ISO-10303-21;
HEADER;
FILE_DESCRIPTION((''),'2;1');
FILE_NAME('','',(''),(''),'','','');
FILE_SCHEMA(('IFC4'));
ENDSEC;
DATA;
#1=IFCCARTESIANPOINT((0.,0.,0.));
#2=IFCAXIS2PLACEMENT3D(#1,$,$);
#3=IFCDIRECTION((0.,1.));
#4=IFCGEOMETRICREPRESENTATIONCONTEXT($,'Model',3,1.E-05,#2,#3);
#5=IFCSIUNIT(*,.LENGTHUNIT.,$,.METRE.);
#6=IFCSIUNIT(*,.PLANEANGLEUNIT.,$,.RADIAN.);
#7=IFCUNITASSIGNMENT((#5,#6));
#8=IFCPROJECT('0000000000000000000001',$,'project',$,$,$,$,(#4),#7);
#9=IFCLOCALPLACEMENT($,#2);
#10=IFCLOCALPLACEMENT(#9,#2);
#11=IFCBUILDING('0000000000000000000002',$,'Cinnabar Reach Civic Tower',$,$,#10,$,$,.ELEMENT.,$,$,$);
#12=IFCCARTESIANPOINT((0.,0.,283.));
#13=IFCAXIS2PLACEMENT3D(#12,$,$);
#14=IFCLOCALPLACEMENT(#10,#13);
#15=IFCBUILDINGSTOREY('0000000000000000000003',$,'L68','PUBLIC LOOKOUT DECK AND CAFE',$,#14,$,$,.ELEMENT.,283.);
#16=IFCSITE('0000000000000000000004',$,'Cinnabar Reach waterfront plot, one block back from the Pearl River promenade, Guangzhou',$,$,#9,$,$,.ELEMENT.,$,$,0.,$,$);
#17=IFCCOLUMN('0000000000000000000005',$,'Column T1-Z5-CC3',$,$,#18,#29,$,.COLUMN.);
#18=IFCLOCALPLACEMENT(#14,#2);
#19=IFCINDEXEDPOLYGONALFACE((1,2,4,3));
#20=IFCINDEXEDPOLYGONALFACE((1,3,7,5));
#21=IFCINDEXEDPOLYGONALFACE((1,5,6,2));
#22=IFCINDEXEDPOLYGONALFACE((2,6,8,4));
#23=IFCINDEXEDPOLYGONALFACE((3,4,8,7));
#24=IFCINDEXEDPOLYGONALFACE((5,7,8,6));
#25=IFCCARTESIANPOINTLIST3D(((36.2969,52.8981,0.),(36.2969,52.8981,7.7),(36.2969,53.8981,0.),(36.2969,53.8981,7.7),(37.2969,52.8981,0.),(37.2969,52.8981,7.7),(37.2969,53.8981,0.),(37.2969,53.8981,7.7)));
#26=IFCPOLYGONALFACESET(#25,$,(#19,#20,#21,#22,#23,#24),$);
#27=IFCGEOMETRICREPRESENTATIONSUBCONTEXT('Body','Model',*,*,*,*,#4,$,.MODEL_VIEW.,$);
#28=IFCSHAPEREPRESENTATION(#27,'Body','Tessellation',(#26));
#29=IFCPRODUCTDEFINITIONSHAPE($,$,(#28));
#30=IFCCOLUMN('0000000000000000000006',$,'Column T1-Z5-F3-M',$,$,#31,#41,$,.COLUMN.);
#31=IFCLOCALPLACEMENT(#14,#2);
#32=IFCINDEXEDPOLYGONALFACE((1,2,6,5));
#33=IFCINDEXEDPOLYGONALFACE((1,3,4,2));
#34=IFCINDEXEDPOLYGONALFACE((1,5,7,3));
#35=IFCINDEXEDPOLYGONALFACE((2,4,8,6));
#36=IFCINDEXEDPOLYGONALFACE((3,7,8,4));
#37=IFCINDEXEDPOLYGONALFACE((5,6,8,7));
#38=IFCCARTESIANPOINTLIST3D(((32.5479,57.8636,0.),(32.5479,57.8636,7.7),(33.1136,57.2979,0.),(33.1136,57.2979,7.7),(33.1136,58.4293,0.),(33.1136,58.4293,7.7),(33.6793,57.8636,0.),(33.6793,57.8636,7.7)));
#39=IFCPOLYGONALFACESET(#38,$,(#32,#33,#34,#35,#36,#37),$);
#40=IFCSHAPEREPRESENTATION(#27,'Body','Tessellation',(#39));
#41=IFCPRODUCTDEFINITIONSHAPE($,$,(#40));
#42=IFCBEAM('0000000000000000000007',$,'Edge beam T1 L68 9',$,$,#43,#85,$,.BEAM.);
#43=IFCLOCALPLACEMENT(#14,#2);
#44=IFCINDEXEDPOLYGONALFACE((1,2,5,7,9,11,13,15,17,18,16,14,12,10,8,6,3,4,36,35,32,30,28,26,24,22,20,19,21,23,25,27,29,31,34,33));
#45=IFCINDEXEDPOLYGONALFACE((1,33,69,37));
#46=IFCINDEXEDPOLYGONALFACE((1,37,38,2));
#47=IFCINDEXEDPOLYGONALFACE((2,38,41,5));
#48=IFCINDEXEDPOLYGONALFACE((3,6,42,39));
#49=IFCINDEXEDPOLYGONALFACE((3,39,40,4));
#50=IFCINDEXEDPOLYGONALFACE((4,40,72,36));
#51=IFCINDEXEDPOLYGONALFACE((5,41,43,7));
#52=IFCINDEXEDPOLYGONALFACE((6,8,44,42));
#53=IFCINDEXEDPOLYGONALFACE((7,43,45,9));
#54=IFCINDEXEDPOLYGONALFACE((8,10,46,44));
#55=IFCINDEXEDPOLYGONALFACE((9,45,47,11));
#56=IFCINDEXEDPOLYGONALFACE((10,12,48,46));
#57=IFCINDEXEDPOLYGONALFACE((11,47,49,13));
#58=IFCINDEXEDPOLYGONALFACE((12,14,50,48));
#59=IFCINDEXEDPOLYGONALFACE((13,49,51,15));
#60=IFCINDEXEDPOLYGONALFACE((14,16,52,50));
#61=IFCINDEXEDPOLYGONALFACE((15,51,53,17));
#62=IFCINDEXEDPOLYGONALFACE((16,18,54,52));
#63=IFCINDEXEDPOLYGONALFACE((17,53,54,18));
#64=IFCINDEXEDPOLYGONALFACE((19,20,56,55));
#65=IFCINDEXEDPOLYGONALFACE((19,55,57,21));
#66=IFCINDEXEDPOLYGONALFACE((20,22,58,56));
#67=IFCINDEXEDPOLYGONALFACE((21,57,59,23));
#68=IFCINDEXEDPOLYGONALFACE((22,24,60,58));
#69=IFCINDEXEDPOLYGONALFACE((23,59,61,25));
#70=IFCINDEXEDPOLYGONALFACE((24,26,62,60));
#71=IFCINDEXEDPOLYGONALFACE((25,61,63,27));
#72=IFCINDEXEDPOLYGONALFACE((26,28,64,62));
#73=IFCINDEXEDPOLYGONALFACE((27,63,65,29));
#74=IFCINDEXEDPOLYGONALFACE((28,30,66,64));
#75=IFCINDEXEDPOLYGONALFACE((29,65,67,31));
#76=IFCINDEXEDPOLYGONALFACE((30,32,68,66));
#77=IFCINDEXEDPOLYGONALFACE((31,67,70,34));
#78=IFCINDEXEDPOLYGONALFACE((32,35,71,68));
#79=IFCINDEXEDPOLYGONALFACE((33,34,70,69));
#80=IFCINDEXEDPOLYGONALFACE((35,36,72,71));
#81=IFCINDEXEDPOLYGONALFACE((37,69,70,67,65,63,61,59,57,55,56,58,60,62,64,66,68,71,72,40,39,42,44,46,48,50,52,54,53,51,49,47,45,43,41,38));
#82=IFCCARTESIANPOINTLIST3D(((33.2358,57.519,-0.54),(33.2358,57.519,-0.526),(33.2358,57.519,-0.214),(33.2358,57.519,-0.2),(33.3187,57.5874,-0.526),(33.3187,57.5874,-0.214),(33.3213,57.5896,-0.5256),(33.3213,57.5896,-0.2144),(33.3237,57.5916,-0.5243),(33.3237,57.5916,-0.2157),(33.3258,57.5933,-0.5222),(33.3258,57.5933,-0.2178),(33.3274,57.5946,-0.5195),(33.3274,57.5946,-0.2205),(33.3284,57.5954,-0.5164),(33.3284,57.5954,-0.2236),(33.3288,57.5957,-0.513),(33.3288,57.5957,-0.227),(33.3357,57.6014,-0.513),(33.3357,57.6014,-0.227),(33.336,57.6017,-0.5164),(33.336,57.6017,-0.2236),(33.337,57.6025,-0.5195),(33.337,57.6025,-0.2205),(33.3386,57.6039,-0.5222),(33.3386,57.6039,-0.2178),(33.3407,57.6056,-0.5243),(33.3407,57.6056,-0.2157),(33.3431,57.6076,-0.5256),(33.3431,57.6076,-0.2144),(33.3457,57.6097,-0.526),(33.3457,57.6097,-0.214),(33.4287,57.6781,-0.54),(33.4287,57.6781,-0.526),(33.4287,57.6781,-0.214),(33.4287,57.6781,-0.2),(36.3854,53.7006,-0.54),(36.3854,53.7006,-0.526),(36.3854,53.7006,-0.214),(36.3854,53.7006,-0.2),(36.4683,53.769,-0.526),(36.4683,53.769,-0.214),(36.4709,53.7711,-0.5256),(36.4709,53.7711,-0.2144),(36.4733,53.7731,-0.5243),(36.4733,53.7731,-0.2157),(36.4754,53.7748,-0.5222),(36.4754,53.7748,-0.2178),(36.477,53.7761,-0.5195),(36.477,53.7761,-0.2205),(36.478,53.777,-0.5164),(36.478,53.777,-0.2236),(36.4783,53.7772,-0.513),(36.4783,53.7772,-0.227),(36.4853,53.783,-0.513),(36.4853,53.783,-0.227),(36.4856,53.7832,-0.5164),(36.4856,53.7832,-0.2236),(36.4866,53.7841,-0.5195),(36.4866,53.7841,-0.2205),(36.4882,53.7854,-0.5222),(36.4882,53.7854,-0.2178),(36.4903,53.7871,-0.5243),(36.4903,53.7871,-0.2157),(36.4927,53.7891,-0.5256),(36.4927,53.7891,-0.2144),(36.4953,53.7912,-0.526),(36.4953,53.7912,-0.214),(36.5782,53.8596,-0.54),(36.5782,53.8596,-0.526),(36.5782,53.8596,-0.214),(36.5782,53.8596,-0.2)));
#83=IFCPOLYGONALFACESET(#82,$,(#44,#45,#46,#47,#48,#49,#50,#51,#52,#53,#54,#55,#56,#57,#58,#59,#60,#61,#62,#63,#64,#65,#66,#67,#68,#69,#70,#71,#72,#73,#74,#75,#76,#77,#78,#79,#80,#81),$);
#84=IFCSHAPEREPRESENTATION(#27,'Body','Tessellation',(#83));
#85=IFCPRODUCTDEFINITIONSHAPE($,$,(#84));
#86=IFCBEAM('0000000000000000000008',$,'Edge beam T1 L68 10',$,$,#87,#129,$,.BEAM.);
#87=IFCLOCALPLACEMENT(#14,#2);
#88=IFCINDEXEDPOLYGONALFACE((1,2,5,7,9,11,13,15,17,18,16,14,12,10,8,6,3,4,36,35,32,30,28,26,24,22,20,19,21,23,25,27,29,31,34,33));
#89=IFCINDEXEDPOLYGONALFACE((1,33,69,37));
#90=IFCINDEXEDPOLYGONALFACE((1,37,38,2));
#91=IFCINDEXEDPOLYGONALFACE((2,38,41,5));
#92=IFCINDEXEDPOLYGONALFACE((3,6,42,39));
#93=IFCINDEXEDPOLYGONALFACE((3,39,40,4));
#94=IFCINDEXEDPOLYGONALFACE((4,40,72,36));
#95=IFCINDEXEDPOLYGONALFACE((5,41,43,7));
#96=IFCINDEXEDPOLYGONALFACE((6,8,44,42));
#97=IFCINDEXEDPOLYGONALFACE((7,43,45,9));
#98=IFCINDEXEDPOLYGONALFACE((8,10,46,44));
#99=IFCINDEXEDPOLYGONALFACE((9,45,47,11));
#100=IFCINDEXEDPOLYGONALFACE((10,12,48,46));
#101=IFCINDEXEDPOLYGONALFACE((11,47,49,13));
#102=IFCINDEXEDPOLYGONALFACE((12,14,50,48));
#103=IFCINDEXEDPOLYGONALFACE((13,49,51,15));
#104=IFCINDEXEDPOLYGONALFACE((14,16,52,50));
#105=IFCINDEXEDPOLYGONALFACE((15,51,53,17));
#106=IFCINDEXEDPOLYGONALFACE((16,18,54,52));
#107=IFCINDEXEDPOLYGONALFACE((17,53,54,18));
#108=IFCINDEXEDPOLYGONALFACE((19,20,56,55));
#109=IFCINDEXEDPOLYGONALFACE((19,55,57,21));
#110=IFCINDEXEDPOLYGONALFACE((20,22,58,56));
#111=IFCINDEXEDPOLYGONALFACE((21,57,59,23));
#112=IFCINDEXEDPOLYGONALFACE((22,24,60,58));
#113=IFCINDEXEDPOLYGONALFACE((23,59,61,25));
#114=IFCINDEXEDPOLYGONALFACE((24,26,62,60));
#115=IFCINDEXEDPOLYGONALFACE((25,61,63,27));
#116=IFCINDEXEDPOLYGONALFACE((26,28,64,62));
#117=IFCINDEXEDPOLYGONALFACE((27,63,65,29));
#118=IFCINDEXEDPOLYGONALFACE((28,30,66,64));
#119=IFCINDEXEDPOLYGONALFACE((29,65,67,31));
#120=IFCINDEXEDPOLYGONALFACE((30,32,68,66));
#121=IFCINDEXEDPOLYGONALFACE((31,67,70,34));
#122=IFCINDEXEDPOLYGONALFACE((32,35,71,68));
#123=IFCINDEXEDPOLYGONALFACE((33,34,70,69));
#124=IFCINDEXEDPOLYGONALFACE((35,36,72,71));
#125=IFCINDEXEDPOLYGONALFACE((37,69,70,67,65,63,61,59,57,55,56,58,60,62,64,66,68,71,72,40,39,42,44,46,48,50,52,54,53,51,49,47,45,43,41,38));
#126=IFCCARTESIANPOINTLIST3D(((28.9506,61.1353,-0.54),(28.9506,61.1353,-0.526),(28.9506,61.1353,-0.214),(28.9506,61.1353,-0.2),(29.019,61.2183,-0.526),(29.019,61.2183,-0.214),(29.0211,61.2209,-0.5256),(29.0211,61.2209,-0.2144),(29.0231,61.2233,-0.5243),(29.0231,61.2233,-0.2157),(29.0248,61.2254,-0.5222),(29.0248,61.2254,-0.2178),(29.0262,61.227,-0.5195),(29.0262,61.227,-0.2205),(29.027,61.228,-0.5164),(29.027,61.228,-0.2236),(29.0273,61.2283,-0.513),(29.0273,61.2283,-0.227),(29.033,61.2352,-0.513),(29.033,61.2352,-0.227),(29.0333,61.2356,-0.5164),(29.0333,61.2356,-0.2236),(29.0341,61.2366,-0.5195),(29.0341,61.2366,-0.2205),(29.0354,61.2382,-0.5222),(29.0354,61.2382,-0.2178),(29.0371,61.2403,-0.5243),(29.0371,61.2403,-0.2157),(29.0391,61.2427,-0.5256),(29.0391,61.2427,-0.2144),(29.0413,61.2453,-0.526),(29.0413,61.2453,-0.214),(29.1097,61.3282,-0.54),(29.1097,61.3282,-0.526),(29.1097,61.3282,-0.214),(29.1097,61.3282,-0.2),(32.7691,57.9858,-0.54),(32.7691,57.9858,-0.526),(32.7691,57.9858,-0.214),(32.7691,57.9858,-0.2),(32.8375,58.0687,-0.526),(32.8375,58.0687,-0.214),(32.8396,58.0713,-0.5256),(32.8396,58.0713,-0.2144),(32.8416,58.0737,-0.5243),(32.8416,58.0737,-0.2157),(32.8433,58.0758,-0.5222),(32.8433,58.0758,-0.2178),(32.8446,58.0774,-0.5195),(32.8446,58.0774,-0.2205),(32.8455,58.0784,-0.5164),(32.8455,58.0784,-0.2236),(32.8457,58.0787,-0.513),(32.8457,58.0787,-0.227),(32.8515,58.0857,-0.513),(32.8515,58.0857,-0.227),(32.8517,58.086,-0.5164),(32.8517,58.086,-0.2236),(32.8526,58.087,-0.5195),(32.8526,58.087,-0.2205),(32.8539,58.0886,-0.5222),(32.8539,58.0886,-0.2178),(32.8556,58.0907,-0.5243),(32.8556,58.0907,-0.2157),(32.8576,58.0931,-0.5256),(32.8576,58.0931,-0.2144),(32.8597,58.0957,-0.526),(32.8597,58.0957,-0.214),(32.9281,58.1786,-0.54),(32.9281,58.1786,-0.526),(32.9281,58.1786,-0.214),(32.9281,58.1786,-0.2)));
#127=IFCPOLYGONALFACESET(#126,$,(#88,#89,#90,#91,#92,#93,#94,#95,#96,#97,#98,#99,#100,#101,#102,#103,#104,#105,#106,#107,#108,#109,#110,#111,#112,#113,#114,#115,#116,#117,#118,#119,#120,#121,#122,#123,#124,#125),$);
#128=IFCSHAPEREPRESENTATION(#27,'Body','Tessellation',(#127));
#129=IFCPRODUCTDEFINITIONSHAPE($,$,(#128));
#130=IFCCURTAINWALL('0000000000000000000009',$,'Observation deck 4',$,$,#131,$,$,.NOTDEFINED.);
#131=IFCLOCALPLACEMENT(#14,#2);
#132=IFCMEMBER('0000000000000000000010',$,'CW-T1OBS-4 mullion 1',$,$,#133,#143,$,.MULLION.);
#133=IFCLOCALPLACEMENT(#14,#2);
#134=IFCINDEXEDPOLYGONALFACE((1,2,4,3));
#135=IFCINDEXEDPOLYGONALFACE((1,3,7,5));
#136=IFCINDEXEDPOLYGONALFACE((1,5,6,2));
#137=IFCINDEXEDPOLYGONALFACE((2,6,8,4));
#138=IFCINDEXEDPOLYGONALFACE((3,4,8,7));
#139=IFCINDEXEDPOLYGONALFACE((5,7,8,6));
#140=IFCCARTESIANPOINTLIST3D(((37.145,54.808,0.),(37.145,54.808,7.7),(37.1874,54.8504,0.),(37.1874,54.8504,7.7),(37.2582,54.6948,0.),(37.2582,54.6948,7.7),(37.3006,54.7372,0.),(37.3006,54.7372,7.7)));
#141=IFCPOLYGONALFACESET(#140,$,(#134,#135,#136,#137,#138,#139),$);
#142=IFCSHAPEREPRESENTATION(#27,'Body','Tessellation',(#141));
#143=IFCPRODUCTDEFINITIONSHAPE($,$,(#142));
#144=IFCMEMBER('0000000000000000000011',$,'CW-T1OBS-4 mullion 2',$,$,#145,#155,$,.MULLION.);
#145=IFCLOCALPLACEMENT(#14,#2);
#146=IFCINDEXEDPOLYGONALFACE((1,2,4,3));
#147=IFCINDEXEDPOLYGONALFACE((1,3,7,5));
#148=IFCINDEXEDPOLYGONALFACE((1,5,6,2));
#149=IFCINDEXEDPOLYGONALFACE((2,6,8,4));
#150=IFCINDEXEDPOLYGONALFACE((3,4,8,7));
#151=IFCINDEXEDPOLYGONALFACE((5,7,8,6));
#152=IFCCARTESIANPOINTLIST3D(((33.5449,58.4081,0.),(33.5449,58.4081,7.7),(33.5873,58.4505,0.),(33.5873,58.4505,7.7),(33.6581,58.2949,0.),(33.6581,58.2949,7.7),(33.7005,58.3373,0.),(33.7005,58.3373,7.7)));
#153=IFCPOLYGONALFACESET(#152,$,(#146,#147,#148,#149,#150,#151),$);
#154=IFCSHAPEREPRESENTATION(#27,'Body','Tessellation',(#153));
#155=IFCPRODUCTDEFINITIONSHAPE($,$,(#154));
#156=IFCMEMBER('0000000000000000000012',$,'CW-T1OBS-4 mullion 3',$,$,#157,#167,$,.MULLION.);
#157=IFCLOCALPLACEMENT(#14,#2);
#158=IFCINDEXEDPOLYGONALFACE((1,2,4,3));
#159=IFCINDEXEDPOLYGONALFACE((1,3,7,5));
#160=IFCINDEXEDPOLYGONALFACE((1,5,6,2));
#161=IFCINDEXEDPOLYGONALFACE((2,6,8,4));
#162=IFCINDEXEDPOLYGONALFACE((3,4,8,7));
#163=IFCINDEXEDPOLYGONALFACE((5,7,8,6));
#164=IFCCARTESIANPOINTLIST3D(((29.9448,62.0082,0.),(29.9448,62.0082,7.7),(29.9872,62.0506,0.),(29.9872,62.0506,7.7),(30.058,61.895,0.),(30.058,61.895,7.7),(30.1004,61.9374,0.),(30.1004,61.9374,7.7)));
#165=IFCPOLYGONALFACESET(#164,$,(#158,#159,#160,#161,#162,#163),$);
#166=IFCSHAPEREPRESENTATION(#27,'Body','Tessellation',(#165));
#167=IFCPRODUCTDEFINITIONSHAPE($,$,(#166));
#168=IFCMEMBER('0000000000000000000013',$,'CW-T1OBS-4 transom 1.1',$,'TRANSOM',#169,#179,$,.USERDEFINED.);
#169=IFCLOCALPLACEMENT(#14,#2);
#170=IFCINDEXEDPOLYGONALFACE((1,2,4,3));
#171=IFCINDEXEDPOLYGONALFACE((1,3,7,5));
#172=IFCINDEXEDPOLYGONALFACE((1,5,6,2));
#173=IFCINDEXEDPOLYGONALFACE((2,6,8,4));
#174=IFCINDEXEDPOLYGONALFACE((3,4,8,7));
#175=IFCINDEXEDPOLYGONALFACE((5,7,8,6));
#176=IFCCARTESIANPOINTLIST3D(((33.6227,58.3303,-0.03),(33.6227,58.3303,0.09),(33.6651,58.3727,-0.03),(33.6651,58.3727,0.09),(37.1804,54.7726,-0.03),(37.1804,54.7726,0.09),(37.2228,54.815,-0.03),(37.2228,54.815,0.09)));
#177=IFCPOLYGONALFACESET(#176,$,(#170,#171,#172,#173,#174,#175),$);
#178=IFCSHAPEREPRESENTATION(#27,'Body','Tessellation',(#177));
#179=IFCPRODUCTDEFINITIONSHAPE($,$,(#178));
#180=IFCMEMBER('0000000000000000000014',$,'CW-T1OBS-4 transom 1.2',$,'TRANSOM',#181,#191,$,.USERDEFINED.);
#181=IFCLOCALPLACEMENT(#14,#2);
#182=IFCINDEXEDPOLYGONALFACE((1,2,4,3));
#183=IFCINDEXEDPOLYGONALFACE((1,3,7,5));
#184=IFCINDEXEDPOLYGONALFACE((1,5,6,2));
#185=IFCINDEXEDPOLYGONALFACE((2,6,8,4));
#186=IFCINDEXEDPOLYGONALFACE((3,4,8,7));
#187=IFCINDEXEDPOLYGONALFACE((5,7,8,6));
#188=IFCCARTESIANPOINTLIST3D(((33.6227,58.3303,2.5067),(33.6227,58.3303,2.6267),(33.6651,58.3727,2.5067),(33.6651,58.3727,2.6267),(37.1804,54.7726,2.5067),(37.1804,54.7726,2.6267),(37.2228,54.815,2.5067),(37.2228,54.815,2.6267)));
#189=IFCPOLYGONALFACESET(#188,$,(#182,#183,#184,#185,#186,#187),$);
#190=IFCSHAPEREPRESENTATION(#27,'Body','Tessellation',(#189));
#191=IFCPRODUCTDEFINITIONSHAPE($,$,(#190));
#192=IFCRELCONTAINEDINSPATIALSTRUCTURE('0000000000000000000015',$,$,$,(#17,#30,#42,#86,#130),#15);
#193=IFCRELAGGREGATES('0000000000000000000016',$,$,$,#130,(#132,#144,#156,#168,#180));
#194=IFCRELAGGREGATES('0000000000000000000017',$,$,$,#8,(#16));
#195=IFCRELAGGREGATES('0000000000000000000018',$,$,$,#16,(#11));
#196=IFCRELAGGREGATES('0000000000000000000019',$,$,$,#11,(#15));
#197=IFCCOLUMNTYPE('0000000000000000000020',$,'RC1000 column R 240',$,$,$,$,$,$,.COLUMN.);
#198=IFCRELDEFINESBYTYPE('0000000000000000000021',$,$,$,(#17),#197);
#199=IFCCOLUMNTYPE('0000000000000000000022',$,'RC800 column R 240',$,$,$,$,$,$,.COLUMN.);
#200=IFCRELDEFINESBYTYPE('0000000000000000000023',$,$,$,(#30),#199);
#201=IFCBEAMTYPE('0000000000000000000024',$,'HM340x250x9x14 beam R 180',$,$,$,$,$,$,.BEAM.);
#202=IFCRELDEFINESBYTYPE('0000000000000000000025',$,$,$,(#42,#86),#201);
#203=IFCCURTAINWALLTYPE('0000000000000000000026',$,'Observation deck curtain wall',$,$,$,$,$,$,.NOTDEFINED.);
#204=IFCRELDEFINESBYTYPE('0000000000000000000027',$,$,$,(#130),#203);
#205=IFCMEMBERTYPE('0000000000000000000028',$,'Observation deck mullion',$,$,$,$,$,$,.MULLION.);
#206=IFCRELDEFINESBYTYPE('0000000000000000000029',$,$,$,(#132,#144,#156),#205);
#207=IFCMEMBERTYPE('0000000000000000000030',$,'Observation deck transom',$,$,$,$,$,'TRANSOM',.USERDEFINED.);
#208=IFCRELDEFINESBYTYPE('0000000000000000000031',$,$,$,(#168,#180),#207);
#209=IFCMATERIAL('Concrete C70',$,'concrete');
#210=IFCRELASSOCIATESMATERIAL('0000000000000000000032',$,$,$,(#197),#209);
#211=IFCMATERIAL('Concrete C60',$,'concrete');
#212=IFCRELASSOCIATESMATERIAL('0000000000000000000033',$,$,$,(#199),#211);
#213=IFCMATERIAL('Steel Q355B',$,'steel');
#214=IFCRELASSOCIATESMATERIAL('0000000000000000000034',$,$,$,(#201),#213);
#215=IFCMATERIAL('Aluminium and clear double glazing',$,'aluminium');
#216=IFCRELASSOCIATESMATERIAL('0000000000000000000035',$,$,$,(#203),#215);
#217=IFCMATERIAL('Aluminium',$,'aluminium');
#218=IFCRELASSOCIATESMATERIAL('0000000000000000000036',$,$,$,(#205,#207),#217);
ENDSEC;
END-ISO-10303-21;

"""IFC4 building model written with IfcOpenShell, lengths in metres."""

from ifc_helpers import new_model, si_unit, direction, frame, origin, origin_2d, place, context, subcontext, project, spatial, rectangle, i_section, extrude, material, material_profile, profile_set, type_object, element, aggregate, save


model = new_model("IFC4")

# Units and contexts
model_context = context("Model", 3, precision=1e-05, world=origin(), true_north=direction((0.0, 1.0)))
body_context = subcontext(model_context, "Body", "Model", "MODEL_VIEW")
ifc_project = project(units=[si_unit("LENGTHUNIT", "METRE"), si_unit("PLANEANGLEUNIT", "RADIAN")], contexts=[model_context])

# Site, building, storey
site_placement = place(None, origin())
site = spatial("IfcSite", under=ifc_project, at=site_placement, Name="Cinnabar Reach waterfront plot, one block back from the Pearl River promenade, Guangzhou", CompositionType="ELEMENT", RefElevation=0.0)
building_placement = place(site_placement, origin())
building = spatial("IfcBuilding", under=site, at=building_placement, Name="Cinnabar Reach Civic Tower", CompositionType="ELEMENT")
storey_placement = place(building_placement, frame((0.0, 0.0, 283.0)))
storey = spatial("IfcBuildingStorey", under=building, at=storey_placement, Name="L68", Description="PUBLIC LOOKOUT DECK AND CAFE", CompositionType="ELEMENT", Elevation=283.0)

# Columns
ifc_material_1 = material(Name="Concrete C70", Category="concrete")
ifc_material_profile_1 = material_profile(ifc_material_1, rectangle(XDim=1.0, YDim=1.0, at=origin_2d()), Name="RC1000")
ifc_profile_set_1 = profile_set([ifc_material_profile_1], Name="Concrete C70")
column_type_1 = type_object("IfcColumnType", Name="RC1000 column R 240", PredefinedType="COLUMN", material=ifc_profile_set_1)
column_1_placement = place(storey_placement, frame((36.7969, 53.3981, 0.0), z_axis=(0.0, 0.0, 1.0), x_axis=(1.0, 0.0, 0.0)))
element("IfcColumn", 1, at=column_1_placement, inside=storey, type_object=column_type_1, Name="Column T1-Z5-CC3", PredefinedType="COLUMN", context=body_context, shape_type="SweptSolid", body=[
    extrude(rectangle(XDim=1.0, YDim=1.0, at=origin_2d()), origin(), (0.0, 0.0, 1.0), 7.7),
])
ifc_material_2 = material(Name="Concrete C60", Category="concrete")
ifc_material_profile_2 = material_profile(ifc_material_2, rectangle(XDim=0.8, YDim=0.8, at=origin_2d()), Name="RC800")
ifc_profile_set_2 = profile_set([ifc_material_profile_2], Name="Concrete C60")
column_type_2 = type_object("IfcColumnType", Name="RC800 column R 240", PredefinedType="COLUMN", material=ifc_profile_set_2)
column_2_placement = place(storey_placement, frame((33.1136, 57.8636, 0.0), z_axis=(0.0, 0.0, 1.0), x_axis=(0.707107, 0.707107, 0.0)))
element("IfcColumn", 2, at=column_2_placement, inside=storey, type_object=column_type_2, Name="Column T1-Z5-F3-M", PredefinedType="COLUMN", context=body_context, shape_type="SweptSolid", body=[
    extrude(rectangle(XDim=0.8, YDim=0.8, at=origin_2d()), origin(), (0.0, 0.0, 1.0), 7.7),
])

# Beams
ifc_material_3 = material(Name="Steel Q355B", Category="steel")
ifc_material_profile_3 = material_profile(ifc_material_3, i_section(OverallWidth=0.25, OverallDepth=0.34, WebThickness=0.009, FlangeThickness=0.014, FilletRadius=0.013, at=origin_2d()), Name="HM340x250x9x14")
ifc_profile_set_3 = profile_set([ifc_material_profile_3], Name="Steel Q355B")
beam_type = type_object("IfcBeamType", Name="HM340x250x9x14 beam R 180", PredefinedType="BEAM", material=ifc_profile_set_3)
for number, where, z_axis, x_axis, name in (
    (3, (36.4818, 53.7801, -0.37), (-0.636303, 0.771439, 0.0), (-0.771439, -0.636303, 0.0), "Edge beam T1 L68 9"),
    (4, (32.8486, 58.0822, -0.37), (-0.771439, 0.636303, 0.0), (-0.636303, -0.771439, 0.0), "Edge beam T1 L68 10"),
):
    element("IfcBeam", number, at=place(storey_placement, frame(where, z_axis=z_axis, x_axis=x_axis)), inside=storey, type_object=beam_type, Name=name, PredefinedType="BEAM", context=body_context, shape_type="SweptSolid", body=[
        extrude(i_section(OverallWidth=0.25, OverallDepth=0.34, WebThickness=0.009, FlangeThickness=0.014, FilletRadius=0.013, at=origin_2d()), origin(), (0.0, 0.0, 1.0), 4.9498),
    ])

# Curtain wall, members
ifc_material_4 = material(Name="Aluminium and clear double glazing", Category="aluminium")
curtain_wall_type = type_object("IfcCurtainWallType", Name="Observation deck curtain wall", PredefinedType="NOTDEFINED", material=ifc_material_4)
curtain_wall_placement = place(storey_placement, origin())
curtain_wall = element("IfcCurtainWall", 5, at=curtain_wall_placement, inside=storey, type_object=curtain_wall_type, Name="Observation deck 4", PredefinedType="NOTDEFINED")
ifc_material_5 = material(Name="Aluminium", Category="aluminium")
ifc_material_profile_4 = material_profile(ifc_material_5, rectangle(XDim=0.06, YDim=0.16, at=origin_2d()), Name="Observation deck mullion")
ifc_profile_set_4 = profile_set([ifc_material_profile_4], Name="Aluminium")
member_type_1 = type_object("IfcMemberType", Name="Observation deck mullion", PredefinedType="MULLION", material=ifc_profile_set_4)
member_1_placement = place(storey_placement, frame((37.2228, 54.7726, 0.0), z_axis=(0.0, 0.0, 1.0), x_axis=(-0.707107, -0.707107, 0.0)))
member_1 = element("IfcMember", 6, at=member_1_placement, type_object=member_type_1, Name="CW-T1OBS-4 mullion 1", PredefinedType="MULLION", context=body_context, shape_type="SweptSolid", body=[
    extrude(rectangle(XDim=0.06, YDim=0.16, at=origin_2d()), origin(), (0.0, 0.0, 1.0), 7.7),
])
member_2_placement = place(storey_placement, frame((33.6227, 58.3727, 0.0), z_axis=(0.0, 0.0, 1.0), x_axis=(-0.707107, -0.707107, 0.0)))
member_2 = element("IfcMember", 7, at=member_2_placement, type_object=member_type_1, Name="CW-T1OBS-4 mullion 2", PredefinedType="MULLION", context=body_context, shape_type="SweptSolid", body=[
    extrude(rectangle(XDim=0.06, YDim=0.16, at=origin_2d()), origin(), (0.0, 0.0, 1.0), 7.7),
])
member_3_placement = place(storey_placement, frame((30.0226, 61.9728, 0.0), z_axis=(0.0, 0.0, 1.0), x_axis=(-0.707107, -0.707107, 0.0)))
member_3 = element("IfcMember", 8, at=member_3_placement, type_object=member_type_1, Name="CW-T1OBS-4 mullion 3", PredefinedType="MULLION", context=body_context, shape_type="SweptSolid", body=[
    extrude(rectangle(XDim=0.06, YDim=0.16, at=origin_2d()), origin(), (0.0, 0.0, 1.0), 7.7),
])
ifc_material_profile_5 = material_profile(ifc_material_5, rectangle(XDim=0.06, YDim=0.12, at=origin_2d()), Name="Observation deck transom")
ifc_profile_set_5 = profile_set([ifc_material_profile_5], Name="Aluminium")
member_type_2 = type_object("IfcMemberType", Name="Observation deck transom", ElementType="TRANSOM", PredefinedType="USERDEFINED", material=ifc_profile_set_5)
member_4_placement = place(storey_placement, frame((37.2016, 54.7938, 0.03), z_axis=(-0.707107, 0.707107, 0.0), x_axis=(-0.707107, -0.707107, 0.0)))
member_4 = element("IfcMember", 9, at=member_4_placement, type_object=member_type_2, Name="CW-T1OBS-4 transom 1.1", ObjectType="TRANSOM", PredefinedType="USERDEFINED", context=body_context, shape_type="SweptSolid", body=[
    extrude(rectangle(XDim=0.06, YDim=0.12, at=origin_2d()), origin(), (0.0, 0.0, 1.0), 5.0313),
])
member_5_placement = place(storey_placement, frame((37.2016, 54.7938, 2.5667), z_axis=(-0.707107, 0.707107, 0.0), x_axis=(-0.707107, -0.707107, 0.0)))
member_5 = element("IfcMember", 10, at=member_5_placement, type_object=member_type_2, Name="CW-T1OBS-4 transom 1.2", ObjectType="TRANSOM", PredefinedType="USERDEFINED", context=body_context, shape_type="SweptSolid", body=[
    extrude(rectangle(XDim=0.06, YDim=0.12, at=origin_2d()), origin(), (0.0, 0.0, 1.0), 5.0313),
])
aggregate(curtain_wall, [member_1, member_2, member_3, member_4, member_5])

save(model, "model.ifc")
